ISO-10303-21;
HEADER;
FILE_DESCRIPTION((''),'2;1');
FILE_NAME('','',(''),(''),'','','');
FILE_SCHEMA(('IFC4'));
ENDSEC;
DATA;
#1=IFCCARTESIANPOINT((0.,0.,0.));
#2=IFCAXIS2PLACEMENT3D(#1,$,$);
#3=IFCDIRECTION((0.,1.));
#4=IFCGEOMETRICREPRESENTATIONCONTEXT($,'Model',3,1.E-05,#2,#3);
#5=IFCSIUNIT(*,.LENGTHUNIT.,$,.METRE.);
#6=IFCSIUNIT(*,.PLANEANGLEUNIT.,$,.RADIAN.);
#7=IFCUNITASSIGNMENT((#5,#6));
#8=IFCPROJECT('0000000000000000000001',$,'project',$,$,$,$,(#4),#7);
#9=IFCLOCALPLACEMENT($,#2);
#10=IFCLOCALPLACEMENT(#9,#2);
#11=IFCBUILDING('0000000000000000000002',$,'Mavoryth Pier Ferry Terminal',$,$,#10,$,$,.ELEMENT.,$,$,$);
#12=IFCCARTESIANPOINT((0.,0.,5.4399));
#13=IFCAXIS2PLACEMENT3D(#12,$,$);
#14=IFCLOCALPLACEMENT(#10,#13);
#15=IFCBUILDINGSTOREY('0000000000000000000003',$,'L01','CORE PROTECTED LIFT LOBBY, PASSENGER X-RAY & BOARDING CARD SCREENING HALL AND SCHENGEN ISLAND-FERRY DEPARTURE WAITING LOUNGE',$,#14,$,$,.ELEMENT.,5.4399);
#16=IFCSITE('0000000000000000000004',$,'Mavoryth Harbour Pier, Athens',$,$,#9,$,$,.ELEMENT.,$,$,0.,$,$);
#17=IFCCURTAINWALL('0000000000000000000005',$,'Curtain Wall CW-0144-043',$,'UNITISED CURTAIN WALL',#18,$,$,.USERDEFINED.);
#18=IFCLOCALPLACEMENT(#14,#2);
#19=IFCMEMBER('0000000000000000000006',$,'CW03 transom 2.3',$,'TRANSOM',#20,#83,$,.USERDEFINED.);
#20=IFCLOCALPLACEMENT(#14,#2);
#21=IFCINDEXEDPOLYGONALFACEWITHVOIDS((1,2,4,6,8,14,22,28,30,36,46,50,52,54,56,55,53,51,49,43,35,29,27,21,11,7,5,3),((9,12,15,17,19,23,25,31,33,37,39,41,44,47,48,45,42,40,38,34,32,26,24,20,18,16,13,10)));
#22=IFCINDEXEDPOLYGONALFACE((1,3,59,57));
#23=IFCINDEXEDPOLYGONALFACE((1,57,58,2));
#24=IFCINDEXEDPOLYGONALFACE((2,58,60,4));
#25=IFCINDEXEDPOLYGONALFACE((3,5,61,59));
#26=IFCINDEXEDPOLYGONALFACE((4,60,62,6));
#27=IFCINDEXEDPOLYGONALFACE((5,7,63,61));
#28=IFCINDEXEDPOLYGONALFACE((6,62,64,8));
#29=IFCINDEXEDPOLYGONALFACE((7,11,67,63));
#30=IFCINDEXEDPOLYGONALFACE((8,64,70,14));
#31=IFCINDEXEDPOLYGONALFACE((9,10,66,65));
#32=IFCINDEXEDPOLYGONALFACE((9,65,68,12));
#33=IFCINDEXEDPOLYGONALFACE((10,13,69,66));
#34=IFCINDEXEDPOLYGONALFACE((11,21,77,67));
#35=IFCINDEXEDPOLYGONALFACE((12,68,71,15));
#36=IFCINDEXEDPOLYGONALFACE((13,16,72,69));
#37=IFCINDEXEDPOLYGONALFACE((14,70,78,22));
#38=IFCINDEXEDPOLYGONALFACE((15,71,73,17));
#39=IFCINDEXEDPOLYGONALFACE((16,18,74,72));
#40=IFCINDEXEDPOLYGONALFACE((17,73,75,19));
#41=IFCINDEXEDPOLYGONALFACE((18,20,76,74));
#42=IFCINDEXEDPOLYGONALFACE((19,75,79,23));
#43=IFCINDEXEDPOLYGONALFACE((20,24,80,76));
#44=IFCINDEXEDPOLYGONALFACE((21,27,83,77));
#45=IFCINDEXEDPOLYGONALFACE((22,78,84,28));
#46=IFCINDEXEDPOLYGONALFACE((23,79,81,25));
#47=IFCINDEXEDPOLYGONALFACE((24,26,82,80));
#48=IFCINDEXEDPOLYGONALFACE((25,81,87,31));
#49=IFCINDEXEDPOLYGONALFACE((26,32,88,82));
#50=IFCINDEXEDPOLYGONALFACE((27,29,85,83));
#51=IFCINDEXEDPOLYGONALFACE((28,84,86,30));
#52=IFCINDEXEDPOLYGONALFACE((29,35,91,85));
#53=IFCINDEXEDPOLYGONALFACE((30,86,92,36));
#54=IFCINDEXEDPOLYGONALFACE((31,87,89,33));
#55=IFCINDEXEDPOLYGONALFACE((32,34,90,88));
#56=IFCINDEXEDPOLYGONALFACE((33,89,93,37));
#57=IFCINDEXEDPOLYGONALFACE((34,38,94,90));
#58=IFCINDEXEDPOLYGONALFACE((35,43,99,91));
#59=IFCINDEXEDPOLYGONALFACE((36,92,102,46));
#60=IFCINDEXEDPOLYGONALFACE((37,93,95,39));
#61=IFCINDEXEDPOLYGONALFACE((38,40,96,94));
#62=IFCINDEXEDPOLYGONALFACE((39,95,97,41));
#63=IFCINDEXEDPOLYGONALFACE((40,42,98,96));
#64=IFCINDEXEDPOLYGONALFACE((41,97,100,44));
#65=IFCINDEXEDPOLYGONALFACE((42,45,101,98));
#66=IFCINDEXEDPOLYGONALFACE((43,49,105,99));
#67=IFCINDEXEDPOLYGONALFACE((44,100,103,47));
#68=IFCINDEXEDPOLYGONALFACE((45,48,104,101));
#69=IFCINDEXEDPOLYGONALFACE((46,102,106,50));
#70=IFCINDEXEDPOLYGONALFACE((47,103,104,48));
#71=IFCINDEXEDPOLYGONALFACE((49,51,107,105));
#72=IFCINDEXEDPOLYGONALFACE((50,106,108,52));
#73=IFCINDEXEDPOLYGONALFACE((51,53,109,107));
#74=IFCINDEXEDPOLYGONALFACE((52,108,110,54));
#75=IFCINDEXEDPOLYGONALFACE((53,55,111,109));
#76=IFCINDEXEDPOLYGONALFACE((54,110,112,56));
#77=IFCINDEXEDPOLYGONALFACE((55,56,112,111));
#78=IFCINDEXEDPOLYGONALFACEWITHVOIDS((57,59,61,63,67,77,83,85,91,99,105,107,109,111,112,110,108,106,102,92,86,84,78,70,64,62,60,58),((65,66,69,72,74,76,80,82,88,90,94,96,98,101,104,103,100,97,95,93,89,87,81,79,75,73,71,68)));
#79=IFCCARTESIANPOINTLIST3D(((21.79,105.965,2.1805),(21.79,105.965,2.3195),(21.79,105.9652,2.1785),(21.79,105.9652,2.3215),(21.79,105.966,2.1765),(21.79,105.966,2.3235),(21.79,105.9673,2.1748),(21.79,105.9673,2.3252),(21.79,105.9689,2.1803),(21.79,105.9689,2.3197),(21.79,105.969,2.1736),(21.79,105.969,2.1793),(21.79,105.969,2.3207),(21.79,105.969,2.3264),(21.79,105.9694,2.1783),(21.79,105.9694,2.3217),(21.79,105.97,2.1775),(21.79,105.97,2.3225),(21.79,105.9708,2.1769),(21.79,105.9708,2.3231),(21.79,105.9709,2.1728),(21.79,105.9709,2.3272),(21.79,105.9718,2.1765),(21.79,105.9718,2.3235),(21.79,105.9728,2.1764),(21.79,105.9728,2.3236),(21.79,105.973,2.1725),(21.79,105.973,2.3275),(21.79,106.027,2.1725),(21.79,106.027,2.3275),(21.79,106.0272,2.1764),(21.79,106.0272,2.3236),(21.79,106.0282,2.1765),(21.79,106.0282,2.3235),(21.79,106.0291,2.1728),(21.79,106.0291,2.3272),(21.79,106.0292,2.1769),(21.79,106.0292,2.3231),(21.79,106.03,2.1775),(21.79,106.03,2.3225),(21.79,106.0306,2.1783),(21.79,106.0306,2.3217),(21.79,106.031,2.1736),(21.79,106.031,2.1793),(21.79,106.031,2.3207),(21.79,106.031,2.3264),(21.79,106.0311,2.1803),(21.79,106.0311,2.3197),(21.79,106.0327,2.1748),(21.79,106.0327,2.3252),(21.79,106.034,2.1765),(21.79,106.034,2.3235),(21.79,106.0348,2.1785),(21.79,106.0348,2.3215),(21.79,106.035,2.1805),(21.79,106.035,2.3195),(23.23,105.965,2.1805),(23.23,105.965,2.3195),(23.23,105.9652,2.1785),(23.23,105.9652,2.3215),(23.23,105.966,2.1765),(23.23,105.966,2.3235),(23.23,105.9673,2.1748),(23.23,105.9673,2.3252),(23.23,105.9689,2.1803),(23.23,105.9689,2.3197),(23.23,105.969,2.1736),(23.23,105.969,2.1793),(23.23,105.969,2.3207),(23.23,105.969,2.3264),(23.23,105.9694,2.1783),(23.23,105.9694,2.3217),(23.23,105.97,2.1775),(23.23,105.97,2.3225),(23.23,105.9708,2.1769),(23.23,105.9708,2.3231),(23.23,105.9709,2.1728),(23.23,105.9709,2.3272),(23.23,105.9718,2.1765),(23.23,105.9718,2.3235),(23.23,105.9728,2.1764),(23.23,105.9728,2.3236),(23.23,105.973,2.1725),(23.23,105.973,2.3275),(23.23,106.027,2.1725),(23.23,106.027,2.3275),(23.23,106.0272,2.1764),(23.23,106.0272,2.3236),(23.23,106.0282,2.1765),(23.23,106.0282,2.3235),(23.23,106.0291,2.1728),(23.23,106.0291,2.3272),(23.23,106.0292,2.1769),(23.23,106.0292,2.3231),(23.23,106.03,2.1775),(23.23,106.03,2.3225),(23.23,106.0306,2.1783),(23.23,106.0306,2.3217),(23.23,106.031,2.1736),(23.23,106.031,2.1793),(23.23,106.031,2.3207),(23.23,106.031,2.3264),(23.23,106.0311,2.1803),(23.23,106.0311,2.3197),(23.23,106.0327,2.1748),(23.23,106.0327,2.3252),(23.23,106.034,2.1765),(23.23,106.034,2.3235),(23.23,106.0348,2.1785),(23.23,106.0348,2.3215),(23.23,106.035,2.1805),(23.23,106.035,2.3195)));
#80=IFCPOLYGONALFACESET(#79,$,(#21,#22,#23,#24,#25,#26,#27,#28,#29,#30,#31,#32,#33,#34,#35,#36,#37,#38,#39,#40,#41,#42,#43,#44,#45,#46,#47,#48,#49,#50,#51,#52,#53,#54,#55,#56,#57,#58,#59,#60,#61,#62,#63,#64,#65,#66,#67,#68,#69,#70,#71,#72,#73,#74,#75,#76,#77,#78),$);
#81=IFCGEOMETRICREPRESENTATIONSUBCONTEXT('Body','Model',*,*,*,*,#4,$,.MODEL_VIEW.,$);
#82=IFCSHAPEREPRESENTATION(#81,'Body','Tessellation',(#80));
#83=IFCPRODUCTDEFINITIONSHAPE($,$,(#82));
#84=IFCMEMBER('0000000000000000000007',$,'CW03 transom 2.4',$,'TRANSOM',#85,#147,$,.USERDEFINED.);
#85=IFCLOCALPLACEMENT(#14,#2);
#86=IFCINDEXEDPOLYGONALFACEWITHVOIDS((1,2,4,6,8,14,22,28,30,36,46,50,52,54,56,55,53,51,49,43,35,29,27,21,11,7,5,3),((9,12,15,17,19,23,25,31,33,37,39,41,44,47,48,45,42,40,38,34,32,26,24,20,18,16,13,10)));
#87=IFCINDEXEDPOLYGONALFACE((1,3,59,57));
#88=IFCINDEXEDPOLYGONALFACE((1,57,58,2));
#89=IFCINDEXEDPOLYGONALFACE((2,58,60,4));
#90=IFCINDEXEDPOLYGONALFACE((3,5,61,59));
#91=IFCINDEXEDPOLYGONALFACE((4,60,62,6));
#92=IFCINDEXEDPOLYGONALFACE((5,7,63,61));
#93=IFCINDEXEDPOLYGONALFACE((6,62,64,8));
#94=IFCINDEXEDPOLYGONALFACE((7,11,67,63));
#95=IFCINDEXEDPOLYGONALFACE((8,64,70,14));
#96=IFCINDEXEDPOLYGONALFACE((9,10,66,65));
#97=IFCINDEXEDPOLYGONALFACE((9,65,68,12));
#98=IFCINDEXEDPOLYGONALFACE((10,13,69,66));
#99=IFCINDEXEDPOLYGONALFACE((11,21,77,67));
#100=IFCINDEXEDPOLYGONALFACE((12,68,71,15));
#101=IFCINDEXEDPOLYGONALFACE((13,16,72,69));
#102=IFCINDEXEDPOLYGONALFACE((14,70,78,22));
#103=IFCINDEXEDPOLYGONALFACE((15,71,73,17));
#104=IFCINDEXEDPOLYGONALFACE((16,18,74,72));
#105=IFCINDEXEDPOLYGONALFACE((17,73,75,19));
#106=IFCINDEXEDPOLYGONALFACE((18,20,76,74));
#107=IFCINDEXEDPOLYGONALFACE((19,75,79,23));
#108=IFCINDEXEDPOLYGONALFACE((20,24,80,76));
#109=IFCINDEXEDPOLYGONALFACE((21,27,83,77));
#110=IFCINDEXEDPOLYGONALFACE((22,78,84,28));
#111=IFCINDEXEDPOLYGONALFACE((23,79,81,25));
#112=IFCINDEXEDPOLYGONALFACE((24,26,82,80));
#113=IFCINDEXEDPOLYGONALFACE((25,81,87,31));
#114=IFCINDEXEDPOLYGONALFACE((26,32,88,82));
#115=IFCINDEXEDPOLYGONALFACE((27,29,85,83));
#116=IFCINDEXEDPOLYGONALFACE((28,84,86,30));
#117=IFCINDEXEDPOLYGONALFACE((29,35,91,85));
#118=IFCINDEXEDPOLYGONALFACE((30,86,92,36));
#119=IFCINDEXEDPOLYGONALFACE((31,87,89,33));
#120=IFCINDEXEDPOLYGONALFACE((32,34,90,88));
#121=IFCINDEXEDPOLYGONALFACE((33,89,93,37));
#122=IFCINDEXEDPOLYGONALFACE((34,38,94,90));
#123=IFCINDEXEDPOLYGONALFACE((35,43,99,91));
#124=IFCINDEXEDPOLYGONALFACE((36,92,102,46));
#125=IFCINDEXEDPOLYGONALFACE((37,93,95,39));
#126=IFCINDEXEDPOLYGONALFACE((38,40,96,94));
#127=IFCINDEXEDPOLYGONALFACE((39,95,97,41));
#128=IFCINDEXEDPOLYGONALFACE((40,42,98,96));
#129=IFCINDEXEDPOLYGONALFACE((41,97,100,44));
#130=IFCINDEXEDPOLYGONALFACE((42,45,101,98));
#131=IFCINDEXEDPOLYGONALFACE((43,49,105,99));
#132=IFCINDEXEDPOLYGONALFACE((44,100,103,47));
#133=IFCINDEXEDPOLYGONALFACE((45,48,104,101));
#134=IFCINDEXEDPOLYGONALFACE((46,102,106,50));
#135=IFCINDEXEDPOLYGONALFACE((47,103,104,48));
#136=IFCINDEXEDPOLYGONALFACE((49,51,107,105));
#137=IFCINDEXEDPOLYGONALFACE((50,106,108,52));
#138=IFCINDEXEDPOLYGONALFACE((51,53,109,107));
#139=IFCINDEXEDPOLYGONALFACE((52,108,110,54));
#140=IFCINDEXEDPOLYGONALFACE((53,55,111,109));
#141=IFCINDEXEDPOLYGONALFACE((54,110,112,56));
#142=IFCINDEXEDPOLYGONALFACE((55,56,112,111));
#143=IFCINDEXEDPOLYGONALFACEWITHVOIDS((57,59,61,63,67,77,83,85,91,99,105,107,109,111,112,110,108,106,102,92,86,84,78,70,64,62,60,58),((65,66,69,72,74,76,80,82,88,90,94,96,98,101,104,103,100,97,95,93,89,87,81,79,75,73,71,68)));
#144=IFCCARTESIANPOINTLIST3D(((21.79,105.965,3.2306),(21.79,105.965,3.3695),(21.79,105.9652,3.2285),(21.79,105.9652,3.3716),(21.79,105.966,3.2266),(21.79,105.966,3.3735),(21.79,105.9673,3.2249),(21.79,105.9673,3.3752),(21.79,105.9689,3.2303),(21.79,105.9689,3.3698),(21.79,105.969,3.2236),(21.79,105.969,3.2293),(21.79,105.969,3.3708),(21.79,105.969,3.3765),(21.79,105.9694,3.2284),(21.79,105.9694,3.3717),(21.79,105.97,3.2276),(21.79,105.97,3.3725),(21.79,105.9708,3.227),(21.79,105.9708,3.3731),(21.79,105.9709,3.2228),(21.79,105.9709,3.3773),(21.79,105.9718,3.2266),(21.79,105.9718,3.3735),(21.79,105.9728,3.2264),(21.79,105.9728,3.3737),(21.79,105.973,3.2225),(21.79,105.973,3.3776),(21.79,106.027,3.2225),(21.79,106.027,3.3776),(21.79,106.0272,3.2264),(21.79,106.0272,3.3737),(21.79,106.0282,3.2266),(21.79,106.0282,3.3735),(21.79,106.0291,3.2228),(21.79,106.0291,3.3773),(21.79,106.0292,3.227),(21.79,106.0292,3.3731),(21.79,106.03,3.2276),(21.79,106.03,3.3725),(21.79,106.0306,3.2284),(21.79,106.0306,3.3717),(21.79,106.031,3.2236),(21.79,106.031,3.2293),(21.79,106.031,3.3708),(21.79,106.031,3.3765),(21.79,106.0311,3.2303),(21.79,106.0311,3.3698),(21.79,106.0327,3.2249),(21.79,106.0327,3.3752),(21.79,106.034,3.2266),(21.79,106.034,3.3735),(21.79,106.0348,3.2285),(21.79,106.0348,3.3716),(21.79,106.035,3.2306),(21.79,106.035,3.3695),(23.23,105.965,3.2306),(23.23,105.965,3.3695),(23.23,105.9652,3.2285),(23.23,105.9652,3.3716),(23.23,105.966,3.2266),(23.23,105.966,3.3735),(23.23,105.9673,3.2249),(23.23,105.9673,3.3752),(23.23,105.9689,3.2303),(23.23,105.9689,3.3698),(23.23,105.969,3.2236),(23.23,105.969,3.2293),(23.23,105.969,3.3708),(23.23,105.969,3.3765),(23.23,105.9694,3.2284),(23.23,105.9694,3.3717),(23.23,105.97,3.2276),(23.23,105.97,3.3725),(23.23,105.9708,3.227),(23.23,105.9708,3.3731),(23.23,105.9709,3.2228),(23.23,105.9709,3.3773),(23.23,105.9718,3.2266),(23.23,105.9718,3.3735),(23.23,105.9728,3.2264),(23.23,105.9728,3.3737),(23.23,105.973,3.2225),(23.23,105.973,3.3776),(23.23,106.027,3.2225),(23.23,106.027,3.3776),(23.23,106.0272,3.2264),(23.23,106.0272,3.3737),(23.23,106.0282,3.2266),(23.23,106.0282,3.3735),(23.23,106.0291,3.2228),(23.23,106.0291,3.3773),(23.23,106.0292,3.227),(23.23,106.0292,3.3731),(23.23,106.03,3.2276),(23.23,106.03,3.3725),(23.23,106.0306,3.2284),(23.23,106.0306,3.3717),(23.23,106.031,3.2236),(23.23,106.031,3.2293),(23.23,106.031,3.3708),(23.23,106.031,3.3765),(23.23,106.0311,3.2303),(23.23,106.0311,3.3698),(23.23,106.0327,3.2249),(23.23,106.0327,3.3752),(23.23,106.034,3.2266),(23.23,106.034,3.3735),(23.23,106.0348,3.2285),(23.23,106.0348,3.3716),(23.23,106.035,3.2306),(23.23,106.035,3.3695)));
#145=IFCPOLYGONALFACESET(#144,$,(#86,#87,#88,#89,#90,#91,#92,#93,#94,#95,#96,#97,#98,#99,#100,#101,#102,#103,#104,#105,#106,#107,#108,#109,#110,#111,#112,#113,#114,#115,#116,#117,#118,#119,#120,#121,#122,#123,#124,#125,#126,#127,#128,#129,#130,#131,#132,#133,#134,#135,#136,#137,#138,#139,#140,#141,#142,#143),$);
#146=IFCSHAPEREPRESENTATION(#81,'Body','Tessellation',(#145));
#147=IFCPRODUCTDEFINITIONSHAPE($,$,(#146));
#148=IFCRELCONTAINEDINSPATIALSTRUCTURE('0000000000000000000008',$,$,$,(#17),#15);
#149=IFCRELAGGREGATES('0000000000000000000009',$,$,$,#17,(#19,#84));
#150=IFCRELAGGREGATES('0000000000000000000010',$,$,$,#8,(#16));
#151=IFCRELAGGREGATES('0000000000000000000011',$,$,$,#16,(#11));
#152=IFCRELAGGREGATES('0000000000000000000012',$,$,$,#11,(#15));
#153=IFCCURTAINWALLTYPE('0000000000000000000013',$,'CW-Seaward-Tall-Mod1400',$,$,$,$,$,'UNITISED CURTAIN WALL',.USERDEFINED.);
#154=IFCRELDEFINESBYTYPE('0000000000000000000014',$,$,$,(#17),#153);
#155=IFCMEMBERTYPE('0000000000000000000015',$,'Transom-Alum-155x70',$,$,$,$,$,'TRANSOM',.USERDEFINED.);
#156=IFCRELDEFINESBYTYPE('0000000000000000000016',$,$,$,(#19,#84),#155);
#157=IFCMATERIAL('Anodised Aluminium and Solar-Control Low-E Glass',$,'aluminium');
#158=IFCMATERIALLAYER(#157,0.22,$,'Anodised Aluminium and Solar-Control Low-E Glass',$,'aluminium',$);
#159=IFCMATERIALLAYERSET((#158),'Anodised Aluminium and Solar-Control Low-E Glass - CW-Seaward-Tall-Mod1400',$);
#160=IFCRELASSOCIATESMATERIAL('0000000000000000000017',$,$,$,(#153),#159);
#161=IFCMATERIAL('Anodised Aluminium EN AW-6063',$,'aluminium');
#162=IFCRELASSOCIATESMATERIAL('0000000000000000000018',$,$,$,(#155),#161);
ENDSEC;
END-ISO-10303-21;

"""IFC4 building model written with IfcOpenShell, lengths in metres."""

from ifc_helpers import new_model, si_unit, direction, frame, origin, origin_2d, place, context, subcontext, project, spatial, hollow_rectangle, extrude, material, layer, layer_set, material_profile, profile_set, type_object, element, aggregate, save


model = new_model("IFC4")

# Units and contexts
model_context = context("Model", 3, precision=1e-05, world=origin(), true_north=direction((0.0, 1.0)))
body_context = subcontext(model_context, "Body", "Model", "MODEL_VIEW")
ifc_project = project(units=[si_unit("LENGTHUNIT", "METRE"), si_unit("PLANEANGLEUNIT", "RADIAN")], contexts=[model_context])

# Site, building, storey
site_placement = place(None, origin())
site = spatial("IfcSite", under=ifc_project, at=site_placement, Name="Mavoryth Harbour Pier, Athens", CompositionType="ELEMENT", RefElevation=0.0)
building_placement = place(site_placement, origin())
building = spatial("IfcBuilding", under=site, at=building_placement, Name="Mavoryth Pier Ferry Terminal", CompositionType="ELEMENT")
storey_placement = place(building_placement, frame((0.0, 0.0, 5.4399)))
storey = spatial("IfcBuildingStorey", under=building, at=storey_placement, Name="L01", Description="CORE PROTECTED LIFT LOBBY, PASSENGER X-RAY & BOARDING CARD SCREENING HALL AND SCHENGEN ISLAND-FERRY DEPARTURE WAITING LOUNGE", CompositionType="ELEMENT", Elevation=5.4399)

# Curtain wall
ifc_material_1 = material(Name="Anodised Aluminium and Solar-Control Low-E Glass", Category="aluminium")
ifc_layer_1 = layer(ifc_material_1, 0.22, Name="Anodised Aluminium and Solar-Control Low-E Glass", Category="aluminium")
ifc_layer_set_1 = layer_set([ifc_layer_1], Name="Anodised Aluminium and Solar-Control Low-E Glass - CW-Seaward-Tall-Mod1400")
curtain_wall_type = type_object("IfcCurtainWallType", Name="CW-Seaward-Tall-Mod1400", ElementType="UNITISED CURTAIN WALL", PredefinedType="USERDEFINED", material=ifc_layer_set_1)
curtain_wall_1_placement = place(storey_placement, origin())
curtain_wall_1 = element("IfcCurtainWall", 1, at=curtain_wall_1_placement, inside=storey, type_object=curtain_wall_type, Name="Curtain Wall CW-0144-043", ObjectType="UNITISED CURTAIN WALL", PredefinedType="USERDEFINED")
ifc_material_2 = material(Name="Anodised Aluminium EN AW-6063", Category="aluminium")

# Members
ifc_material_profile_1 = material_profile(ifc_material_2, hollow_rectangle(XDim=0.0701, YDim=0.155, WallThickness=0.0039, InnerFilletRadius=0.0039, OuterFilletRadius=0.0081, at=origin_2d()), Name="AL-TRAN 155x70x4", Category="aluminium")
ifc_profile_set_1 = profile_set([ifc_material_profile_1], Name="Anodised Aluminium EN AW-6063 - AL-TRAN 155x70x4")
member_type_1 = type_object("IfcMemberType", Name="Transom-Alum-155x70", ElementType="TRANSOM", PredefinedType="USERDEFINED", material=ifc_profile_set_1)
member_1_placement = place(storey_placement, frame((23.23, 106.0, 2.25), z_axis=(-1.0, 0.0, 0.0), x_axis=(0.0, -1.0, 0.0)))
member_1 = element("IfcMember", 2, at=member_1_placement, type_object=member_type_1, Name="CW03 transom 2.3", ObjectType="TRANSOM", PredefinedType="USERDEFINED", context=body_context, shape_type="SweptSolid", body=[
    extrude(hollow_rectangle(XDim=0.0701, YDim=0.155, WallThickness=0.0039, InnerFilletRadius=0.0039, OuterFilletRadius=0.0081, at=origin_2d()), origin(), (0.0, 0.0, 1.0), 1.4399),
])
member_2_placement = place(storey_placement, frame((23.23, 106.0, 3.3), z_axis=(-1.0, 0.0, 0.0), x_axis=(0.0, -1.0, 0.0)))
member_2 = element("IfcMember", 3, at=member_2_placement, type_object=member_type_1, Name="CW03 transom 2.4", ObjectType="TRANSOM", PredefinedType="USERDEFINED", context=body_context, shape_type="SweptSolid", body=[
    extrude(hollow_rectangle(XDim=0.0701, YDim=0.155, WallThickness=0.0039, InnerFilletRadius=0.0039, OuterFilletRadius=0.0081, at=origin_2d()), origin(), (0.0, 0.0, 1.0), 1.4399),
])

aggregate(curtain_wall_1, [member_1, member_2])

save(model, "model.ifc")
